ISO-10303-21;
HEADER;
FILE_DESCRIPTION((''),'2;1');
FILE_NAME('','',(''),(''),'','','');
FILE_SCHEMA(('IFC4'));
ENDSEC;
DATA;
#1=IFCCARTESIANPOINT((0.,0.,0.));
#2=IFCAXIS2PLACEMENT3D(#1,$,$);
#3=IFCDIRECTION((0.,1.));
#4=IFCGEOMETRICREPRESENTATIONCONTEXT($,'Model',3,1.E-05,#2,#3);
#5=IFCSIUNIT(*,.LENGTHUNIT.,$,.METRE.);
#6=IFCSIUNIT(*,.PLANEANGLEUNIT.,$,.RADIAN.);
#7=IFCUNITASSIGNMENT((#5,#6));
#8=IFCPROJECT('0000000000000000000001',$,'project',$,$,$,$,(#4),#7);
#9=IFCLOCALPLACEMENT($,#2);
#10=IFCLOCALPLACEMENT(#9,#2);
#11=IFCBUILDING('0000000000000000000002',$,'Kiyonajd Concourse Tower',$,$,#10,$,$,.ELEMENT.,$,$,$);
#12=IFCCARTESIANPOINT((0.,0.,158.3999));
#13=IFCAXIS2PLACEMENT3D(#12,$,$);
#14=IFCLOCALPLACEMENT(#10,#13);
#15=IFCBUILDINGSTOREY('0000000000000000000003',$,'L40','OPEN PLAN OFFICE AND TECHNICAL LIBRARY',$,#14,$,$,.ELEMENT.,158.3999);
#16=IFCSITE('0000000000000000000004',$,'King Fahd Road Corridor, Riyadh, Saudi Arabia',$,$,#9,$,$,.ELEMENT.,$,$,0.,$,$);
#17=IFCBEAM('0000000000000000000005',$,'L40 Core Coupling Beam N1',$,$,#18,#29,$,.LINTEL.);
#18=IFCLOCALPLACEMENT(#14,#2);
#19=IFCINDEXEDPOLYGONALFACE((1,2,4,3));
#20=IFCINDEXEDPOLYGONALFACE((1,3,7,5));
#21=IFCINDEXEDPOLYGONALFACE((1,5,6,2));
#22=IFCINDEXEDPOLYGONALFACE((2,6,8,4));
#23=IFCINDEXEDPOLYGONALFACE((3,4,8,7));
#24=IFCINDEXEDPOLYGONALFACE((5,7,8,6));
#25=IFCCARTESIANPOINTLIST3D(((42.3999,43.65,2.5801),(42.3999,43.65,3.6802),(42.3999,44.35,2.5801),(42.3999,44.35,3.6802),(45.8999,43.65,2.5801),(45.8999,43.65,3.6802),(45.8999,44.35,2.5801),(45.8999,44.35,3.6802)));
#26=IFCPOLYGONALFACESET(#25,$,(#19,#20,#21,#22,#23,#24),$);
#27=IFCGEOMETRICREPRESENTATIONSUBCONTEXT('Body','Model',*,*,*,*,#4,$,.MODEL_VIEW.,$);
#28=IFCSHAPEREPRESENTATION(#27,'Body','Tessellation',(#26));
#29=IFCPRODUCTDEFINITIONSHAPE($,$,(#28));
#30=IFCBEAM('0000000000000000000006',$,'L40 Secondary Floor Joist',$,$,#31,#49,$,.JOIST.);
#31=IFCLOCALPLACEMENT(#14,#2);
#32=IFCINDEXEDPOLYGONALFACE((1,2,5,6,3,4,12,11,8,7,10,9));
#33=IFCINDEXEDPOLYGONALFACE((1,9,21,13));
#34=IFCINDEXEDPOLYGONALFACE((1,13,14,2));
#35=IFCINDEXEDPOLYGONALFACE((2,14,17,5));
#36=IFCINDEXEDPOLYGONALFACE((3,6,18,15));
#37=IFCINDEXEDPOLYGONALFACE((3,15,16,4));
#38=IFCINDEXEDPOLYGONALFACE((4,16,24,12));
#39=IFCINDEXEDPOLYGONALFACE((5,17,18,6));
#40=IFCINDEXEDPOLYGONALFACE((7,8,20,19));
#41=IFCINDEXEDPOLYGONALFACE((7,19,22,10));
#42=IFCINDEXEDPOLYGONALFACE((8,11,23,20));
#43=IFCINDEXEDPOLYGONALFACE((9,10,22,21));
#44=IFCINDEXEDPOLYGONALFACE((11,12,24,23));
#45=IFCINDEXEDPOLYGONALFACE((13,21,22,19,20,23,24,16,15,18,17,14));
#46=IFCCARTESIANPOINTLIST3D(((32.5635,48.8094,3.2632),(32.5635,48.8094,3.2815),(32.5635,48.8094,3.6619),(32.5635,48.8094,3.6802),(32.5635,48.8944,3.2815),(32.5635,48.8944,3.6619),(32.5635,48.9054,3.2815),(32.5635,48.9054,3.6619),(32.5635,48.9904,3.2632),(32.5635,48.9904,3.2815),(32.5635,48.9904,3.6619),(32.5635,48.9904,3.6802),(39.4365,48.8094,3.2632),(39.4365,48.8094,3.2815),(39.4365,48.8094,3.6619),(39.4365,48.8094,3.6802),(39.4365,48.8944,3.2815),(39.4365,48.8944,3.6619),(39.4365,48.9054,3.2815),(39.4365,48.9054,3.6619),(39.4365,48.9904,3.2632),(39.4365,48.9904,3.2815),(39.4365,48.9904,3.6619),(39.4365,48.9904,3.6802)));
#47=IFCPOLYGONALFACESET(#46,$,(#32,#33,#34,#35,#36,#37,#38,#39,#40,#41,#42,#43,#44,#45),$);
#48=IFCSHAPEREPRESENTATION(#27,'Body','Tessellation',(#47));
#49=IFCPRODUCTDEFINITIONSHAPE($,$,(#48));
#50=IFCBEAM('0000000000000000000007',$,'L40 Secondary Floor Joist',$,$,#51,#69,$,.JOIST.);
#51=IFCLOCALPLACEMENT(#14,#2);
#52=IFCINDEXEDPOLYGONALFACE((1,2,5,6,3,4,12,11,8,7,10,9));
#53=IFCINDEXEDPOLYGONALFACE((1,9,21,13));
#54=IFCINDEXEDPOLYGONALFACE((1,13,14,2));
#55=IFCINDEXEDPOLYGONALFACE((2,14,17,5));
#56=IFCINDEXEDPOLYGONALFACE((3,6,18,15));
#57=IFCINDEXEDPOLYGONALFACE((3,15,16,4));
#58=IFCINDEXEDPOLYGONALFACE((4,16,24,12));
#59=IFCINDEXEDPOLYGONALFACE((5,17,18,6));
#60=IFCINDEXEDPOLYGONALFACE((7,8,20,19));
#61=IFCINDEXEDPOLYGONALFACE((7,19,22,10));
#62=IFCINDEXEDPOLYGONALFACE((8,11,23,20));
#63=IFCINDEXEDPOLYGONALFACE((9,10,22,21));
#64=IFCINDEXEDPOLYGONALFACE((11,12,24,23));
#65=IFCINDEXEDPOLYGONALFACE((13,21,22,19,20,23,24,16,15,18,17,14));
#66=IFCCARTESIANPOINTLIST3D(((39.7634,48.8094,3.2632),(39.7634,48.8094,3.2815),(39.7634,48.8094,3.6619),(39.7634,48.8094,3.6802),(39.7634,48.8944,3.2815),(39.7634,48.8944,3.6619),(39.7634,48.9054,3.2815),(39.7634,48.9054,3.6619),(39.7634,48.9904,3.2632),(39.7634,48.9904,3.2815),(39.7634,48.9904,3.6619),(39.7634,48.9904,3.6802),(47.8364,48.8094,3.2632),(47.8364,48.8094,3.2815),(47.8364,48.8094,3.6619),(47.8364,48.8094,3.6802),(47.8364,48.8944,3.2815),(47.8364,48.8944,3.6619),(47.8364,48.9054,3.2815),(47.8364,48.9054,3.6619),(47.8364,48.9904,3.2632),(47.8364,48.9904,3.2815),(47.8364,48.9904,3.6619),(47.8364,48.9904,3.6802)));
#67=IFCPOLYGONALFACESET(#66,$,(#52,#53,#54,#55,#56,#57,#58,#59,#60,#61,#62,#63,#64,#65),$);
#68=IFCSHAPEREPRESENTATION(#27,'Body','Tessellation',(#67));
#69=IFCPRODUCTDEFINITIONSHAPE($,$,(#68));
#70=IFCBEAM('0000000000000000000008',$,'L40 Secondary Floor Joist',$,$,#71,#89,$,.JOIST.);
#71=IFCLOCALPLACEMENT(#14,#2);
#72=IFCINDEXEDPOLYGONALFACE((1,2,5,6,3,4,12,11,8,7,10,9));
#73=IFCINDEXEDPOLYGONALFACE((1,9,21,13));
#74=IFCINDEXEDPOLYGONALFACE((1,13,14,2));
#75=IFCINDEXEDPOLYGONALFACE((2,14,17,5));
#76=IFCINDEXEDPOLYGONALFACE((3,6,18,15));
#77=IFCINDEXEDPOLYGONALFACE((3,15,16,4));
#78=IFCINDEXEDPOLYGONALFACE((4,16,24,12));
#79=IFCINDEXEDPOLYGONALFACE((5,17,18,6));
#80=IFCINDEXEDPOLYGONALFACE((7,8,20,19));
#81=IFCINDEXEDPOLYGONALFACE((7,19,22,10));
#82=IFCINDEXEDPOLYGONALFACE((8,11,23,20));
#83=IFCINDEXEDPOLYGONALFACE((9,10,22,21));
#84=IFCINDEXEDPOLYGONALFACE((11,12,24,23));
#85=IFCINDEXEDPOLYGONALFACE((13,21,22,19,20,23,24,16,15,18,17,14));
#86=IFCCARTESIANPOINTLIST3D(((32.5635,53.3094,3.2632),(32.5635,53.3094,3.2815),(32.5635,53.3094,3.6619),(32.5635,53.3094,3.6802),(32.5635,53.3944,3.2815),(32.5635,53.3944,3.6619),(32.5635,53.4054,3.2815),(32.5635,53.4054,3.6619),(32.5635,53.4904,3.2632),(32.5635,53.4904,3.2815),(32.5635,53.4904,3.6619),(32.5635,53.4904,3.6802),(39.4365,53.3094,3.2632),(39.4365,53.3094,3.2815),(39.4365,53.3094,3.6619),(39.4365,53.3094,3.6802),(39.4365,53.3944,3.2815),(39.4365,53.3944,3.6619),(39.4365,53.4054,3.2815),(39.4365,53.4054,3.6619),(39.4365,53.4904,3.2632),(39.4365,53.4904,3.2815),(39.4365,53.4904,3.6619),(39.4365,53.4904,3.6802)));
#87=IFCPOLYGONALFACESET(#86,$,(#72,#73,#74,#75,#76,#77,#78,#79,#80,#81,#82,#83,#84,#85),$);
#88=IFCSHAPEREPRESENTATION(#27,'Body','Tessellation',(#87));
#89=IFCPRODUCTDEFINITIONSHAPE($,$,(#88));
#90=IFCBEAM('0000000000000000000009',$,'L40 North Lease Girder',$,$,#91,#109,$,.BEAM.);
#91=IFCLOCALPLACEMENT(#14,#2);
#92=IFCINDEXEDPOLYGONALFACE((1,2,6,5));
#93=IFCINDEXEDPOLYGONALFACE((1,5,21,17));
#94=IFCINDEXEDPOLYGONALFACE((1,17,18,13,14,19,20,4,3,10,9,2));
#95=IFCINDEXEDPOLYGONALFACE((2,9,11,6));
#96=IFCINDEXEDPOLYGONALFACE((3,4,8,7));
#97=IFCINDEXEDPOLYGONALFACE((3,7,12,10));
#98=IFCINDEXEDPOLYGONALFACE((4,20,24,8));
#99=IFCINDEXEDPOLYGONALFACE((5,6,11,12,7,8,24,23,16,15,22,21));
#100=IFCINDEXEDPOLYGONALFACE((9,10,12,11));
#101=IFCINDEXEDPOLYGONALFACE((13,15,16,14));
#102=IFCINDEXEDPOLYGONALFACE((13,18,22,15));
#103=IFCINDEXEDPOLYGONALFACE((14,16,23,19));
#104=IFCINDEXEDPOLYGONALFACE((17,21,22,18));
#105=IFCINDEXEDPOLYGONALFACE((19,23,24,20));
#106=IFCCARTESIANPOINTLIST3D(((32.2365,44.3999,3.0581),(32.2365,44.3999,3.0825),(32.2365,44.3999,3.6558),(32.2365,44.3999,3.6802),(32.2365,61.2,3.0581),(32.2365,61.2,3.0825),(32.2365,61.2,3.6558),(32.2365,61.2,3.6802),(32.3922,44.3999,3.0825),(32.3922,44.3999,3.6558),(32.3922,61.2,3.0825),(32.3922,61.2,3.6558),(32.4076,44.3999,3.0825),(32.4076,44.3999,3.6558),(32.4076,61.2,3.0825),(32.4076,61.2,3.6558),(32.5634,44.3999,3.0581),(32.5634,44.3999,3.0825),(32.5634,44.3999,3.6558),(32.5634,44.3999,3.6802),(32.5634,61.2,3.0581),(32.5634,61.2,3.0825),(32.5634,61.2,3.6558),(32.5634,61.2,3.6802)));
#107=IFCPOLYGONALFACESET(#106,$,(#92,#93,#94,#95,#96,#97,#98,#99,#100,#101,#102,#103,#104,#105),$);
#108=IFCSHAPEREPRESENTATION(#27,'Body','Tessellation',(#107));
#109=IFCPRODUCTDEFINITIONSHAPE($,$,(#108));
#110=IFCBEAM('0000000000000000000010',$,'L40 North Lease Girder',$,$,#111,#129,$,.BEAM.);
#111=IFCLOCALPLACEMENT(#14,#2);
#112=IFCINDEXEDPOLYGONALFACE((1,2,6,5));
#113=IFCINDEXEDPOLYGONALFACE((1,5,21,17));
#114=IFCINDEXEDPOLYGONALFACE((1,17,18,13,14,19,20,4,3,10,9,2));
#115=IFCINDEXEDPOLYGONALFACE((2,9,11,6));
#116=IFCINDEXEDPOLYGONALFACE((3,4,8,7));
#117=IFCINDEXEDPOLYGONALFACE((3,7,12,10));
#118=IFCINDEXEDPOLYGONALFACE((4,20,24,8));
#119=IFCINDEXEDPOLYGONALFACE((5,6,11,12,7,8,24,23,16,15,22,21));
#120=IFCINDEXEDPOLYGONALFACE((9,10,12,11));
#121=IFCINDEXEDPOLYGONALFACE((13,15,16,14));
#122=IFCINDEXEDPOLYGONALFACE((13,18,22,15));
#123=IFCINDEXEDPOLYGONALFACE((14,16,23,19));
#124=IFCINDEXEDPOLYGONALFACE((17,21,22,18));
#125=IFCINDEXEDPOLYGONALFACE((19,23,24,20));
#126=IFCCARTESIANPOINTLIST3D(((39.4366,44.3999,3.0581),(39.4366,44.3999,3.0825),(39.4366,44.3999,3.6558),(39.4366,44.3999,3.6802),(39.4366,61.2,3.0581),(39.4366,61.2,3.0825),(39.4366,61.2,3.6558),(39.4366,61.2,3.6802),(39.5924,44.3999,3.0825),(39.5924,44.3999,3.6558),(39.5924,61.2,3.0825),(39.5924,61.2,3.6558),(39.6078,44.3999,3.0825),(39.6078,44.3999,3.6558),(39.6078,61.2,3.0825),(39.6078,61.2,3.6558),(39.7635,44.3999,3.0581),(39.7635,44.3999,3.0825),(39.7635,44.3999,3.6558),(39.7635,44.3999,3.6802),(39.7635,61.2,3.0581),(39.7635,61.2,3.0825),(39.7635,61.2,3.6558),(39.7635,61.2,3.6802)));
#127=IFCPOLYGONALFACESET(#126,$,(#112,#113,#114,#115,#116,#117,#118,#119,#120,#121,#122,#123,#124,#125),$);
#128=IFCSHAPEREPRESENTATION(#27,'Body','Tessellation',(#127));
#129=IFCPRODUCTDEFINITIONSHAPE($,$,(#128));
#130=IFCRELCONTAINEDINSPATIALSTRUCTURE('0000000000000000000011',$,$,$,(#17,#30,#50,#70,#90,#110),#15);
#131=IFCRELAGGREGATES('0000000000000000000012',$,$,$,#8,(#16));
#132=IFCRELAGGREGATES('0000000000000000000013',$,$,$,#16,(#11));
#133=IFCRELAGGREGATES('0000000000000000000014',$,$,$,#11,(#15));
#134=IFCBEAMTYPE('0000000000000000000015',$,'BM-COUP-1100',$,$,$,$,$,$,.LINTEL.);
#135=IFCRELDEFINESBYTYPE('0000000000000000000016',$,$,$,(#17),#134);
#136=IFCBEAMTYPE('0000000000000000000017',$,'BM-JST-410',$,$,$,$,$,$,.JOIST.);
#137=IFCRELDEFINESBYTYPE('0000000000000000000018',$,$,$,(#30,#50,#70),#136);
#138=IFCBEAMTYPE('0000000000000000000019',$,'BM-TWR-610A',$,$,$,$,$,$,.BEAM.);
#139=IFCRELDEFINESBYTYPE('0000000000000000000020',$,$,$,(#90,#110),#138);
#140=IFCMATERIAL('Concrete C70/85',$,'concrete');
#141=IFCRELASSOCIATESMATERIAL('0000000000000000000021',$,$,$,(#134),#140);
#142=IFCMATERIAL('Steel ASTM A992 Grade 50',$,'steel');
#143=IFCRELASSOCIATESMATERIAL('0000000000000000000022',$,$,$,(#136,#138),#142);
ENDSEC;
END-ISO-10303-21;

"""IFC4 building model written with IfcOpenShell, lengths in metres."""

from ifc_helpers import new_model, si_unit, direction, frame, origin, origin_2d, place, context, subcontext, project, spatial, rectangle, i_section, extrude, material, material_profile, profile_set, type_object, element, save


model = new_model("IFC4")

# Units and contexts
model_context = context("Model", 3, precision=1e-05, world=origin(), true_north=direction((0.0, 1.0)))
body_context = subcontext(model_context, "Body", "Model", "MODEL_VIEW")
ifc_project = project(units=[si_unit("LENGTHUNIT", "METRE"), si_unit("PLANEANGLEUNIT", "RADIAN")], contexts=[model_context])

# Site, building, storey
site_placement = place(None, origin())
site = spatial("IfcSite", under=ifc_project, at=site_placement, Name="King Fahd Road Corridor, Riyadh, Saudi Arabia", CompositionType="ELEMENT", RefElevation=0.0)
building_placement = place(site_placement, origin())
building = spatial("IfcBuilding", under=site, at=building_placement, Name="Kiyonajd Concourse Tower", CompositionType="ELEMENT")
storey_placement = place(building_placement, frame((0.0, 0.0, 158.3999)))
storey = spatial("IfcBuildingStorey", under=building, at=storey_placement, Name="L40", Description="OPEN PLAN OFFICE AND TECHNICAL LIBRARY", CompositionType="ELEMENT", Elevation=158.3999)

# Beams
ifc_material_1 = material(Name="Concrete C70/85", Category="concrete")
ifc_material_profile_1 = material_profile(ifc_material_1, rectangle(XDim=0.7, YDim=1.1001, at=origin_2d()), Name="RCBM-700x1100")
ifc_profile_set_1 = profile_set([ifc_material_profile_1], Name="Concrete C70/85")
beam_type_1 = type_object("IfcBeamType", Name="BM-COUP-1100", PredefinedType="LINTEL", material=ifc_profile_set_1)
beam_1_placement = place(storey_placement, frame((42.3999, 44.0, 3.1301), z_axis=(1.0, 0.0, 0.0), x_axis=(0.0, 1.0, 0.0)))
element("IfcBeam", 1, at=beam_1_placement, inside=storey, type_object=beam_type_1, Name="L40 Core Coupling Beam N1", PredefinedType="LINTEL", context=body_context, shape_type="SweptSolid", body=[
    extrude(rectangle(XDim=0.7, YDim=1.1001, at=origin_2d()), origin(), (0.0, 0.0, 1.0), 3.5),
])
ifc_material_2 = material(Name="Steel ASTM A992 Grade 50", Category="steel")
ifc_material_profile_2 = material_profile(ifc_material_2, i_section(OverallWidth=0.1809, OverallDepth=0.417, WebThickness=0.011, FlangeThickness=0.0183, at=origin_2d()), Name="W410X85")
ifc_profile_set_2 = profile_set([ifc_material_profile_2], Name="Steel ASTM A992 Grade 50")
beam_type_2 = type_object("IfcBeamType", Name="BM-JST-410", PredefinedType="JOIST", material=ifc_profile_set_2)
beam_2_placement = place(storey_placement, frame((32.5635, 48.8999, 3.4717), z_axis=(1.0, 0.0, 0.0), x_axis=(0.0, 1.0, 0.0)))
element("IfcBeam", 2, at=beam_2_placement, inside=storey, type_object=beam_type_2, Name="L40 Secondary Floor Joist", PredefinedType="JOIST", context=body_context, shape_type="SweptSolid", body=[
    extrude(i_section(OverallWidth=0.1809, OverallDepth=0.417, WebThickness=0.011, FlangeThickness=0.0183, at=origin_2d()), origin(), (0.0, 0.0, 1.0), 6.873),
])
beam_3_placement = place(storey_placement, frame((39.7634, 48.8999, 3.4717), z_axis=(1.0, 0.0, 0.0), x_axis=(0.0, 1.0, 0.0)))
element("IfcBeam", 3, at=beam_3_placement, inside=storey, type_object=beam_type_2, Name="L40 Secondary Floor Joist", PredefinedType="JOIST", context=body_context, shape_type="SweptSolid", body=[
    extrude(i_section(OverallWidth=0.1809, OverallDepth=0.417, WebThickness=0.011, FlangeThickness=0.0183, at=origin_2d()), origin(), (0.0, 0.0, 1.0), 8.073),
])
beam_4_placement = place(storey_placement, frame((32.5635, 53.3999, 3.4717), z_axis=(1.0, 0.0, 0.0), x_axis=(0.0, 1.0, 0.0)))
element("IfcBeam", 4, at=beam_4_placement, inside=storey, type_object=beam_type_2, Name="L40 Secondary Floor Joist", PredefinedType="JOIST", context=body_context, shape_type="SweptSolid", body=[
    extrude(i_section(OverallWidth=0.1809, OverallDepth=0.417, WebThickness=0.011, FlangeThickness=0.0183, at=origin_2d()), origin(), (0.0, 0.0, 1.0), 6.873),
])
ifc_material_profile_3 = material_profile(ifc_material_2, i_section(OverallWidth=0.3269, OverallDepth=0.6221, WebThickness=0.0154, FlangeThickness=0.0244, at=origin_2d()), Name="W610X195")
ifc_profile_set_3 = profile_set([ifc_material_profile_3], Name="Steel ASTM A992 Grade 50")
beam_type_3 = type_object("IfcBeamType", Name="BM-TWR-610A", PredefinedType="BEAM", material=ifc_profile_set_3)
for number, where, z_axis, x_axis, name in (
    (5, (32.3999, 44.3999, 3.3691), (0.0, 1.0, 0.0), (-1.0, 0.0, 0.0), "L40 North Lease Girder"),
    (6, (39.6001, 44.3999, 3.3691), (0.0, 1.0, 0.0), (-1.0, 0.0, 0.0), "L40 North Lease Girder"),
):
    element("IfcBeam", number, at=place(storey_placement, frame(where, z_axis=z_axis, x_axis=x_axis)), inside=storey, type_object=beam_type_3, Name=name, PredefinedType="BEAM", context=body_context, shape_type="SweptSolid", body=[
        extrude(i_section(OverallWidth=0.3269, OverallDepth=0.6221, WebThickness=0.0154, FlangeThickness=0.0244, at=origin_2d()), origin(), (0.0, 0.0, 1.0), 16.8),
    ])

save(model, "model.ifc")
